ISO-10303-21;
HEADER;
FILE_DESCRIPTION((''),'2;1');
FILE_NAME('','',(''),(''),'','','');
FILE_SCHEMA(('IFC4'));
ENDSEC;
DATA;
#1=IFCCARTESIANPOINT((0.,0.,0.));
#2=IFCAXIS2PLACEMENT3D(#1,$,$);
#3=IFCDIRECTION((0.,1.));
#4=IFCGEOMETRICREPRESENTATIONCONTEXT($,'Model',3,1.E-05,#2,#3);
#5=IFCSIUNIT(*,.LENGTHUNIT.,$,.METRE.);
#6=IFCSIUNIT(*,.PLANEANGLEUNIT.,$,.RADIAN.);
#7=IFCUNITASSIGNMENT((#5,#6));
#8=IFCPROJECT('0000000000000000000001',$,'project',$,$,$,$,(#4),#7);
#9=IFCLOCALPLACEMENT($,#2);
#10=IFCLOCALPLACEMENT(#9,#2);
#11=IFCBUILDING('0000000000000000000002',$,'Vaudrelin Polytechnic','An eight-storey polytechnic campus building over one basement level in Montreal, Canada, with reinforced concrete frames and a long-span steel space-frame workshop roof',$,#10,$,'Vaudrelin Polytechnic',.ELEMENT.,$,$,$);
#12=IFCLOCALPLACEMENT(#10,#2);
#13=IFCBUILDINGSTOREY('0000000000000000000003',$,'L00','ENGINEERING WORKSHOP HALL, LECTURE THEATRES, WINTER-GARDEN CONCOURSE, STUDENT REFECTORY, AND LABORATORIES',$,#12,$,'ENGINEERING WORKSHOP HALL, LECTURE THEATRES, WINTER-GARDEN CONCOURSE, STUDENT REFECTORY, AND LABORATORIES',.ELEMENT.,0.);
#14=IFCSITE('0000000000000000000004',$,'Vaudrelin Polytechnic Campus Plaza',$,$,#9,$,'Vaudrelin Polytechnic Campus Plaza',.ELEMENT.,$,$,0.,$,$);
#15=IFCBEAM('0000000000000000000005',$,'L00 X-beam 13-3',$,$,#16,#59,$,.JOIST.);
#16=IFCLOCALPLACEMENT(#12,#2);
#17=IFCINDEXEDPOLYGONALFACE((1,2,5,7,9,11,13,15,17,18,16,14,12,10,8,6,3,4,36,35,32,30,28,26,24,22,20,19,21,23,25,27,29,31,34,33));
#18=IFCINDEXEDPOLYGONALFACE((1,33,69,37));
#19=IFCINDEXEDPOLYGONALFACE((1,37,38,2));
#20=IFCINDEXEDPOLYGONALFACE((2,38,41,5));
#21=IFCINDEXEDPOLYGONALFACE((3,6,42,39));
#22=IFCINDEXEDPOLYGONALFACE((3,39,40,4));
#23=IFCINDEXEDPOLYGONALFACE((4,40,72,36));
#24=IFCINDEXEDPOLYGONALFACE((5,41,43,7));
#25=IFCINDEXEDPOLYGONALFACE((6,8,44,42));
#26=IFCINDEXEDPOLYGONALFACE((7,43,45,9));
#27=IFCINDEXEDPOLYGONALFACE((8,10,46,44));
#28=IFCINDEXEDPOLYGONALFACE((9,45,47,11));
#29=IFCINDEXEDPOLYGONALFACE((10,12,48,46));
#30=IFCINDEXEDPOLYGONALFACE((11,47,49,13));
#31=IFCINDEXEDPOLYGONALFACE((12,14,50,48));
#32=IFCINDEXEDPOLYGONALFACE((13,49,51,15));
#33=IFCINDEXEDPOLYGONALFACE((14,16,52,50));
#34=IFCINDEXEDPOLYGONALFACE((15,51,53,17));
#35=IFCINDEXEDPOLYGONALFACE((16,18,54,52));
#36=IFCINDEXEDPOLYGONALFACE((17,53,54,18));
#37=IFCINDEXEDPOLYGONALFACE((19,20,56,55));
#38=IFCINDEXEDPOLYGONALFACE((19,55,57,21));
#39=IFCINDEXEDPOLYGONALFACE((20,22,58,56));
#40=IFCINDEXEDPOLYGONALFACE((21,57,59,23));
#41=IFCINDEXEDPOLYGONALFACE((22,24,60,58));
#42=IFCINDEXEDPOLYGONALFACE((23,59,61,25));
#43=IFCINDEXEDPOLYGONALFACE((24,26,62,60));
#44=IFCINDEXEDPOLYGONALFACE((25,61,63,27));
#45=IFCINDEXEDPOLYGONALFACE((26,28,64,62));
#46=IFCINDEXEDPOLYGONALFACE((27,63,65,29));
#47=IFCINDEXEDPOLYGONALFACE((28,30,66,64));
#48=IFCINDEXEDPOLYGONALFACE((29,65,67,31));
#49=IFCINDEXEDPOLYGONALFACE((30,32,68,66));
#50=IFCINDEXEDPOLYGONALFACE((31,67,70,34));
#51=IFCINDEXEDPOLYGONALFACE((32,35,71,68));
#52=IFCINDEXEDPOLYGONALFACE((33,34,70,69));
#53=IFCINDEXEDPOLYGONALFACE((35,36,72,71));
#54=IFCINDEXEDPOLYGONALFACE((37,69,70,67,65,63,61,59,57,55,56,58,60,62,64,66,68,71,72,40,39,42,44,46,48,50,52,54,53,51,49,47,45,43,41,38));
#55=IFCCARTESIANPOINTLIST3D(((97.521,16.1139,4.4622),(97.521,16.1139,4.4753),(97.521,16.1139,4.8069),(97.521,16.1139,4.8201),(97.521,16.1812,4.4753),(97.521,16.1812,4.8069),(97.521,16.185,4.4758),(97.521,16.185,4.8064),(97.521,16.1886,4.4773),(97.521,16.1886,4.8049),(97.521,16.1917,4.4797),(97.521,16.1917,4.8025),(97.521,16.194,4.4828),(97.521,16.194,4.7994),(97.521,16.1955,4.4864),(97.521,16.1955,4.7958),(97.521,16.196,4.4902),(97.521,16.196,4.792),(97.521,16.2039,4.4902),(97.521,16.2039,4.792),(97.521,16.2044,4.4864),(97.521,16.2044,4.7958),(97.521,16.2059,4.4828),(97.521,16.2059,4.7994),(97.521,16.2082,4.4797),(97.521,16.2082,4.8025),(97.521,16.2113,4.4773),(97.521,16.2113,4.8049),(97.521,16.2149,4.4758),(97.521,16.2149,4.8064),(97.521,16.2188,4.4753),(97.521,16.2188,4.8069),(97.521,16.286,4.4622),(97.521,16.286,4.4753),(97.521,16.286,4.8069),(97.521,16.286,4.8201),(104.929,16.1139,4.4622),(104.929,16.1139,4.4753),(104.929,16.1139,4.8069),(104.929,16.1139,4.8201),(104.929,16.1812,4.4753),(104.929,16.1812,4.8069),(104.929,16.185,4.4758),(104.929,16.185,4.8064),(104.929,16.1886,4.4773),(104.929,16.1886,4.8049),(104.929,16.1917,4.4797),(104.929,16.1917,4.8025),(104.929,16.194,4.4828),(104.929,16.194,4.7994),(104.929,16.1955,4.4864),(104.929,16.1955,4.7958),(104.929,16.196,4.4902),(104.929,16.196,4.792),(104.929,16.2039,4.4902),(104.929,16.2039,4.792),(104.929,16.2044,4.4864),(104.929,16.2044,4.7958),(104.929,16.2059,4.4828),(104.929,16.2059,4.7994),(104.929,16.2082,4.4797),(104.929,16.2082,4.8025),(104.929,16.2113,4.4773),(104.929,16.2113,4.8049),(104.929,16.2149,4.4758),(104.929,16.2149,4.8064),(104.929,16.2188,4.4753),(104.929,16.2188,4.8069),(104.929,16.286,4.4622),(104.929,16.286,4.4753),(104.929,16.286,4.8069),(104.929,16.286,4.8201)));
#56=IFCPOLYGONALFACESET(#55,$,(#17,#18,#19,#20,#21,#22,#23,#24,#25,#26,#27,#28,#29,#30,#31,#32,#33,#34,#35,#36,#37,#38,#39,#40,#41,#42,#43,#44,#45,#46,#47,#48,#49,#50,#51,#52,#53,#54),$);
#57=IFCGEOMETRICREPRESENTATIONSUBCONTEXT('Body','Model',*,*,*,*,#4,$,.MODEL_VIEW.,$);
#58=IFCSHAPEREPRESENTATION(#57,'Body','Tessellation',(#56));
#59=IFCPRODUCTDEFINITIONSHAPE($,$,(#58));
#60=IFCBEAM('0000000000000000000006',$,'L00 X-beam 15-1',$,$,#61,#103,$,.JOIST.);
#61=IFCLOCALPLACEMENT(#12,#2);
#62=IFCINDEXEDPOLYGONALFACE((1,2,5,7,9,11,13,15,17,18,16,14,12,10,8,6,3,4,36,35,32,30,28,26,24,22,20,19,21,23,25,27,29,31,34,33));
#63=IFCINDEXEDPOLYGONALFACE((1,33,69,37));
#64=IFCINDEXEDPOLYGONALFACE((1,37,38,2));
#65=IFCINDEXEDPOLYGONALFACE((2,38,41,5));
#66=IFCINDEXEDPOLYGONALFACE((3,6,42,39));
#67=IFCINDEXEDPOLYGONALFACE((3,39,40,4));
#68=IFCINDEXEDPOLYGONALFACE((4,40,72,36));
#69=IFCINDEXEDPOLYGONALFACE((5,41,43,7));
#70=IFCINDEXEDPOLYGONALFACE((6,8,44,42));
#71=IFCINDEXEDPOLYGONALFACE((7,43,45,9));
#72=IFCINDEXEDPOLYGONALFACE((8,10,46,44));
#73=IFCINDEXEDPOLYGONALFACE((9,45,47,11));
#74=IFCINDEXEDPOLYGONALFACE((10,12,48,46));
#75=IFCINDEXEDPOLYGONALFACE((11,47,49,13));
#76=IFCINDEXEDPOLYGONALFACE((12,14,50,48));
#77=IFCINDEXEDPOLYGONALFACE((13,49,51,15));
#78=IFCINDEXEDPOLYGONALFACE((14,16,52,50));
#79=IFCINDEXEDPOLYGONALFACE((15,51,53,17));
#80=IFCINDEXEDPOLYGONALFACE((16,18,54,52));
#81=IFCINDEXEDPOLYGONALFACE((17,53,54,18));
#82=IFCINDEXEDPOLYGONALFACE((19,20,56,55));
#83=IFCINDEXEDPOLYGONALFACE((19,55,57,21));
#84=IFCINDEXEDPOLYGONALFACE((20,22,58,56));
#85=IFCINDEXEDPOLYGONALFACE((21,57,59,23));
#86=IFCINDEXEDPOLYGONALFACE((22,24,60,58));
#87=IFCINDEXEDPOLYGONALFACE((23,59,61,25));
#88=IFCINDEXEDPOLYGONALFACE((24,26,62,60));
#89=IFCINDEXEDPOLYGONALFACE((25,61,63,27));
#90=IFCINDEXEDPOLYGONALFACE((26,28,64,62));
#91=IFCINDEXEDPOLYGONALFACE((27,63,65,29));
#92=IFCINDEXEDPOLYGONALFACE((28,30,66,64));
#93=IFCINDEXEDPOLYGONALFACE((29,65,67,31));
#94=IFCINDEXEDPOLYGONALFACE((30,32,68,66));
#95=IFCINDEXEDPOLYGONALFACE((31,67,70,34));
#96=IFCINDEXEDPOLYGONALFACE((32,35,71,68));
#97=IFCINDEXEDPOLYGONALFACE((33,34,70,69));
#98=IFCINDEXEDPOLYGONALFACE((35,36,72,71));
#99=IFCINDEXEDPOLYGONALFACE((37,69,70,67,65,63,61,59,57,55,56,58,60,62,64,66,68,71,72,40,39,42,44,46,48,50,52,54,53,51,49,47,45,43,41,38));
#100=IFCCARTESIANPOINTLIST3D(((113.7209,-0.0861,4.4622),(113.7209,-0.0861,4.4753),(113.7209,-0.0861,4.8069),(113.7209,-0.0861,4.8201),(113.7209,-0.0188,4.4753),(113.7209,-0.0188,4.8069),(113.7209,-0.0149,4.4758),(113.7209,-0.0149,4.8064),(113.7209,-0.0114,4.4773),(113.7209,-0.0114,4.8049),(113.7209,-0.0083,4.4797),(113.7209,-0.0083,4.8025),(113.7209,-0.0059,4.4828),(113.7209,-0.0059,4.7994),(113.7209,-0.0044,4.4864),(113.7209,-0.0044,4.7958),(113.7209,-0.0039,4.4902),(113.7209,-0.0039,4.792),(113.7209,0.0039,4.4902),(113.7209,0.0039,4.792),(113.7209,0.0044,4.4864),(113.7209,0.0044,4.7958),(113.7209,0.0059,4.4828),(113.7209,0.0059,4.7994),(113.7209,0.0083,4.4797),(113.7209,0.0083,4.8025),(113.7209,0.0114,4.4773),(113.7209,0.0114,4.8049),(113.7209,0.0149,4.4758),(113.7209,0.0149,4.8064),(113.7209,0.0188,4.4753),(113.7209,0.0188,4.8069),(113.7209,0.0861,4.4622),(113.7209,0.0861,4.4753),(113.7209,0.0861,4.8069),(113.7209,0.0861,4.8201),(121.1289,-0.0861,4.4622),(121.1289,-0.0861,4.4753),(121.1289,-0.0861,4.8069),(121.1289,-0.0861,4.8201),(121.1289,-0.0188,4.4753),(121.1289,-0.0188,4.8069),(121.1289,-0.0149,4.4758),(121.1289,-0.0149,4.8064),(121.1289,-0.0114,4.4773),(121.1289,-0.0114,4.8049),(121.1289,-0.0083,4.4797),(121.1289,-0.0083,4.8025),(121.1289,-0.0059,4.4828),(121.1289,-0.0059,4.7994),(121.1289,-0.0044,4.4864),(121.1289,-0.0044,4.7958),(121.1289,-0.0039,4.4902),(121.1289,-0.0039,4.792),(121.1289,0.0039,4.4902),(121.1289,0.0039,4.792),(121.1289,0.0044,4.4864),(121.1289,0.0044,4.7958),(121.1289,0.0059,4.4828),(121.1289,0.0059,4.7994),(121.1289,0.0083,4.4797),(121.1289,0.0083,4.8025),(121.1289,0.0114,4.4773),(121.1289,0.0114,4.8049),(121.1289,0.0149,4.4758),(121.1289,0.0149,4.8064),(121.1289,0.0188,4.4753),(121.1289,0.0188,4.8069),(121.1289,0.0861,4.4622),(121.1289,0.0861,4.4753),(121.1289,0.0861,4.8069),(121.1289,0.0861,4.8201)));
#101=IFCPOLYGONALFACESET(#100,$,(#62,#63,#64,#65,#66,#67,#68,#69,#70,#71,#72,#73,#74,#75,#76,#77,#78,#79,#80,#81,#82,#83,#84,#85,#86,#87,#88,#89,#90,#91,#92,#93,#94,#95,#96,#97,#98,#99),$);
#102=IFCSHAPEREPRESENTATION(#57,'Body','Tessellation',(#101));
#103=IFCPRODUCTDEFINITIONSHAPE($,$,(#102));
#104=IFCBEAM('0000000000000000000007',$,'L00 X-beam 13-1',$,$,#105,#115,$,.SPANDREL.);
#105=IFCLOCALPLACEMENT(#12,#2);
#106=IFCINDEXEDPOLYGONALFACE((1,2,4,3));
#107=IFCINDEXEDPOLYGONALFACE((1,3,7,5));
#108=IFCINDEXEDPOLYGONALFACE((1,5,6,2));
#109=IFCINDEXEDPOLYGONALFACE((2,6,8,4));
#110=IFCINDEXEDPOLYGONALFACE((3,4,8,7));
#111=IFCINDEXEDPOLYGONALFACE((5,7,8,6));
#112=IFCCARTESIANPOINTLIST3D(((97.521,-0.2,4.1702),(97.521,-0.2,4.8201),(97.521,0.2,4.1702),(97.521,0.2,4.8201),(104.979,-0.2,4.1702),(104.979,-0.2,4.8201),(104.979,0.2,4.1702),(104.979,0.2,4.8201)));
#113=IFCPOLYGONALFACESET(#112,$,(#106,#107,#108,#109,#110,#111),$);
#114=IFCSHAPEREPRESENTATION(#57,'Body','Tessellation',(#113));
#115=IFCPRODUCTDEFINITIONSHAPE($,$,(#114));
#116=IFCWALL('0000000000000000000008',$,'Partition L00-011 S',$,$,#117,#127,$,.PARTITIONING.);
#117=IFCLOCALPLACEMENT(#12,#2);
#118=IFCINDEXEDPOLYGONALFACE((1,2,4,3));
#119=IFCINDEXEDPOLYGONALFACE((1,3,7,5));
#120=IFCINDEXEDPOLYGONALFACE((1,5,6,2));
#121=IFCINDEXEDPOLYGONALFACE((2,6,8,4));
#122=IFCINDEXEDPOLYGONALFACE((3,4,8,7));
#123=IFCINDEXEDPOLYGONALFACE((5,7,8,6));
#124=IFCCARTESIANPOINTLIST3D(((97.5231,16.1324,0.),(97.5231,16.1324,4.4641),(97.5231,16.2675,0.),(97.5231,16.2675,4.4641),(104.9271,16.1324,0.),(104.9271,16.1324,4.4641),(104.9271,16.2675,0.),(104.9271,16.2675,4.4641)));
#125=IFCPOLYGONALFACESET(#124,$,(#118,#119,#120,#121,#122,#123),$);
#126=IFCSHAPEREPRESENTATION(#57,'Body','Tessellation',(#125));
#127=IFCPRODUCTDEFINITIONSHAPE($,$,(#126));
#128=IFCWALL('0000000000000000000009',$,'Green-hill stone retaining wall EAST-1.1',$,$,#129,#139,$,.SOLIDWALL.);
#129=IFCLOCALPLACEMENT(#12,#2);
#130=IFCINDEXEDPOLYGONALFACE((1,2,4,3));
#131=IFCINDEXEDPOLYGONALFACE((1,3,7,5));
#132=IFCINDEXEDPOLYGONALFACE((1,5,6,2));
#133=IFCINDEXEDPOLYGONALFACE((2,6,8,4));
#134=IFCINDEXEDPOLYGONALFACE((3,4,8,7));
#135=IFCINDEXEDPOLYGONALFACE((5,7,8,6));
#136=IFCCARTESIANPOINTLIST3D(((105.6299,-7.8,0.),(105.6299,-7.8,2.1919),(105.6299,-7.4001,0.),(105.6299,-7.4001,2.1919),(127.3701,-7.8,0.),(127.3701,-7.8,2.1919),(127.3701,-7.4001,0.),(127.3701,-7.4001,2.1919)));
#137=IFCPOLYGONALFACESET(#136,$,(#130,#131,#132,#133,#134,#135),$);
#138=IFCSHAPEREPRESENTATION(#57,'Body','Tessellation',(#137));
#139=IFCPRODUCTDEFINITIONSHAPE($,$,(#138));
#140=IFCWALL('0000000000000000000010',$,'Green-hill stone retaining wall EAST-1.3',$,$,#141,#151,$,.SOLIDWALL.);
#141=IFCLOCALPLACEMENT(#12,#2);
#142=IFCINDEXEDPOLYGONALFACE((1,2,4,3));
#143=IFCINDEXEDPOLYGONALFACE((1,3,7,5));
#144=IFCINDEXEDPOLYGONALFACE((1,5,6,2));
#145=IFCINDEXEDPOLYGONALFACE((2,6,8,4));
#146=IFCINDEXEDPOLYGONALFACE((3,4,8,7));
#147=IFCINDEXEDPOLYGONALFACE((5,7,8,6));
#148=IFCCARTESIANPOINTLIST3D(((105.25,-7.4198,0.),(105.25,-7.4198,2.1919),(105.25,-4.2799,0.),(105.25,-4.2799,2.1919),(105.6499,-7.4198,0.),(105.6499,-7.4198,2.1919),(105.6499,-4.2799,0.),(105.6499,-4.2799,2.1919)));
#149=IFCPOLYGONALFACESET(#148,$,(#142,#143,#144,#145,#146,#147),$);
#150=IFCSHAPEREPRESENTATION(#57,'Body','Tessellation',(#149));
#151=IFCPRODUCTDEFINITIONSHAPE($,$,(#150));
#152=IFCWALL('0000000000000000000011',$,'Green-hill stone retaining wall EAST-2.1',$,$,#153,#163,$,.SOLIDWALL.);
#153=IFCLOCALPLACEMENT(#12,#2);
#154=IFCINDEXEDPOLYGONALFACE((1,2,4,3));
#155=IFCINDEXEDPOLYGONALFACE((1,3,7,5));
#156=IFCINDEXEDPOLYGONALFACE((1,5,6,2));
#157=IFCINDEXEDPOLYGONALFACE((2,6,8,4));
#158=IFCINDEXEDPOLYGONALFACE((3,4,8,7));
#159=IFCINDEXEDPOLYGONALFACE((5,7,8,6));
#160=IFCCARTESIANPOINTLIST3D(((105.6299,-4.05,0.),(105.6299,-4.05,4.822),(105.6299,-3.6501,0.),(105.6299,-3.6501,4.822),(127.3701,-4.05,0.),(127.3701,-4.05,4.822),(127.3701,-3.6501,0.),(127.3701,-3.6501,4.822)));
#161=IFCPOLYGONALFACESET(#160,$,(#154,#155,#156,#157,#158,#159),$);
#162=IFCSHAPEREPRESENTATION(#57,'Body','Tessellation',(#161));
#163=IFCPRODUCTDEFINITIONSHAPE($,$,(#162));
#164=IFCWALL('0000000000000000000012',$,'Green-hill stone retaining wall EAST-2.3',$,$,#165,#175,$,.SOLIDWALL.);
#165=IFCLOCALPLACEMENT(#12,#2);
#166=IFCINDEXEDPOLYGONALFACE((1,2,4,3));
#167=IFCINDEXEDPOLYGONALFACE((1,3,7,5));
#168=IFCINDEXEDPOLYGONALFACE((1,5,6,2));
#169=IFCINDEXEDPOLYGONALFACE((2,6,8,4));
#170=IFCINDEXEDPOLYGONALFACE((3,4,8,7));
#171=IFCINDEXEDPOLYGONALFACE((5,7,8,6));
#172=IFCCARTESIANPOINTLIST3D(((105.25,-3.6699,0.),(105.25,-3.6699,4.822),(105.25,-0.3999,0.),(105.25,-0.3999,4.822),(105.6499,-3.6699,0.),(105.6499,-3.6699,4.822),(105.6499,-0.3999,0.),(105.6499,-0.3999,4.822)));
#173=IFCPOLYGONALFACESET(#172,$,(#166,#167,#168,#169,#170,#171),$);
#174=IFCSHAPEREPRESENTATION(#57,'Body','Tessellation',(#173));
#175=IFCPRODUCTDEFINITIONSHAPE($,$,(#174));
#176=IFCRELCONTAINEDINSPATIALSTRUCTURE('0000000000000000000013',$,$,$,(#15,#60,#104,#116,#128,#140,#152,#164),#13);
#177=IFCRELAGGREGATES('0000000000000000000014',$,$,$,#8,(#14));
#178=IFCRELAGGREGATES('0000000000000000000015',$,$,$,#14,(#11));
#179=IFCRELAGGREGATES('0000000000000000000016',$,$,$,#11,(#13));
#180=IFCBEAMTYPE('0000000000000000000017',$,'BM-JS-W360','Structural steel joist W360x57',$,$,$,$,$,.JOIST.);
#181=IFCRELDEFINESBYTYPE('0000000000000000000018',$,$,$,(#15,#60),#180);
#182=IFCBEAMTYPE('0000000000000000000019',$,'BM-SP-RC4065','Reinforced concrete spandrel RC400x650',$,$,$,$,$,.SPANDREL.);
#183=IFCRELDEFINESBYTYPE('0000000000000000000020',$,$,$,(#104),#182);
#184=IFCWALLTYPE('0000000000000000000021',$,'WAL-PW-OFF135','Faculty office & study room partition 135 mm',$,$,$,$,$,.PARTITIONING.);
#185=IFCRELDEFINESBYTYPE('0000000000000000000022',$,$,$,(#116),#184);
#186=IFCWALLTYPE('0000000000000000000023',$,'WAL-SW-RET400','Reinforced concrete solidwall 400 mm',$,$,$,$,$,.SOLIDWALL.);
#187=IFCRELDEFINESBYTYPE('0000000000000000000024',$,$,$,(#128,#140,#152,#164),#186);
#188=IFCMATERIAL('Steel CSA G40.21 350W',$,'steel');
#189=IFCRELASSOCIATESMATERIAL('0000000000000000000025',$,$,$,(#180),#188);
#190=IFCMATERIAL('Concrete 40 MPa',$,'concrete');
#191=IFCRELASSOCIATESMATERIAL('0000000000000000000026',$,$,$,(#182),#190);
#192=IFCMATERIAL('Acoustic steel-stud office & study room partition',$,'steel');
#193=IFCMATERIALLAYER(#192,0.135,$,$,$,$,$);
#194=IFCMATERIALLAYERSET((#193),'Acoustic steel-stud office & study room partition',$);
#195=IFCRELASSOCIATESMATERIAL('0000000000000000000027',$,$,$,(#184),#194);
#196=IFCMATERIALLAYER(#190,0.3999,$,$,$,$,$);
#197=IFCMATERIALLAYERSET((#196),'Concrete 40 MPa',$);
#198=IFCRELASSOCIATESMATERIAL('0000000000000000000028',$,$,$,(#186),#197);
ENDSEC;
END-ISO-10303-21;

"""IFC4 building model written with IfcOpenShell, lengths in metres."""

from ifc_helpers import new_model, si_unit, direction, frame, frame_2d, origin, origin_2d, place, context, subcontext, project, spatial, rectangle, i_section, extrude, material, layer, layer_set, material_profile, profile_set, type_object, element, save


model = new_model("IFC4")

# Units and contexts
model_context = context("Model", 3, precision=1e-05, world=origin(), true_north=direction((0.0, 1.0)))
body_context = subcontext(model_context, "Body", "Model", "MODEL_VIEW")
ifc_project = project(units=[si_unit("LENGTHUNIT", "METRE"), si_unit("PLANEANGLEUNIT", "RADIAN")], contexts=[model_context])

# Site, building, storey
site_placement = place(None, origin())
site = spatial("IfcSite", under=ifc_project, at=site_placement, Name="Vaudrelin Polytechnic Campus Plaza", LongName="Vaudrelin Polytechnic Campus Plaza", CompositionType="ELEMENT", RefElevation=0.0)
building_placement = place(site_placement, origin())
building = spatial("IfcBuilding", under=site, at=building_placement, Name="Vaudrelin Polytechnic", Description="An eight-storey polytechnic campus building over one basement level in Montreal, Canada, with reinforced concrete frames and a long-span steel space-frame workshop roof", LongName="Vaudrelin Polytechnic", CompositionType="ELEMENT")
storey_placement = place(building_placement, origin())
storey = spatial("IfcBuildingStorey", under=building, at=storey_placement, Name="L00", Description="ENGINEERING WORKSHOP HALL, LECTURE THEATRES, WINTER-GARDEN CONCOURSE, STUDENT REFECTORY, AND LABORATORIES", LongName="ENGINEERING WORKSHOP HALL, LECTURE THEATRES, WINTER-GARDEN CONCOURSE, STUDENT REFECTORY, AND LABORATORIES", CompositionType="ELEMENT", Elevation=0.0)

# Shared definitions
ifc_material_1 = material(Name="Concrete 40 MPa", Category="concrete")

# Beams
ifc_material_2 = material(Name="Steel CSA G40.21 350W", Category="steel")
ifc_material_profile_1 = material_profile(ifc_material_2, i_section(OverallWidth=0.1721, OverallDepth=0.3579, WebThickness=0.0078, FlangeThickness=0.0132, FilletRadius=0.0149, at=origin_2d()), Name="W360x57")
ifc_profile_set_1 = profile_set([ifc_material_profile_1], Name="Steel CSA G40.21 350W")
beam_type_1 = type_object("IfcBeamType", Name="BM-JS-W360", Description="Structural steel joist W360x57", PredefinedType="JOIST", material=ifc_profile_set_1)
for number, where, z_axis, x_axis, name in (
    (1, (97.521, 16.2, 4.6411), (1.0, 0.0, 0.0), (0.0, 1.0, 0.0), "L00 X-beam 13-3"),
    (2, (113.7209, 0.0, 4.6411), (1.0, 0.0, 0.0), (0.0, 1.0, 0.0), "L00 X-beam 15-1"),
):
    element("IfcBeam", number, at=place(storey_placement, frame(where, z_axis=z_axis, x_axis=x_axis)), inside=storey, type_object=beam_type_1, Name=name, PredefinedType="JOIST", context=body_context, shape_type="SweptSolid", body=[
        extrude(i_section(OverallWidth=0.1721, OverallDepth=0.3579, WebThickness=0.0078, FlangeThickness=0.0132, FilletRadius=0.0149, at=origin_2d()), origin(), (0.0, 0.0, 1.0), 7.408),
    ])
ifc_material_profile_2 = material_profile(ifc_material_1, rectangle(XDim=0.3999, YDim=0.6499, at=origin_2d()), Name="RC400x650")
ifc_profile_set_2 = profile_set([ifc_material_profile_2], Name="Concrete 40 MPa")
beam_type_2 = type_object("IfcBeamType", Name="BM-SP-RC4065", Description="Reinforced concrete spandrel RC400x650", PredefinedType="SPANDREL", material=ifc_profile_set_2)
beam_1_placement = place(storey_placement, frame((97.521, 0.0, 4.4951), z_axis=(1.0, 0.0, 0.0), x_axis=(0.0, 1.0, 0.0)))
element("IfcBeam", 3, at=beam_1_placement, inside=storey, type_object=beam_type_2, Name="L00 X-beam 13-1", PredefinedType="SPANDREL", context=body_context, shape_type="SweptSolid", body=[
    extrude(rectangle(XDim=0.3999, YDim=0.6499, at=origin_2d()), origin(), (0.0, 0.0, 1.0), 7.458),
])

# Walls
ifc_material_3 = material(Name="Acoustic steel-stud office & study room partition", Category="steel")
ifc_layer_1 = layer(ifc_material_3, 0.135)
ifc_layer_set_1 = layer_set([ifc_layer_1], Name="Acoustic steel-stud office & study room partition")
wall_type_1 = type_object("IfcWallType", Name="WAL-PW-OFF135", Description="Faculty office & study room partition 135 mm", PredefinedType="PARTITIONING", material=ifc_layer_set_1)
wall_1_placement = place(storey_placement, frame((97.5229, 16.2, 0.0), z_axis=(0.0, 0.0, 1.0), x_axis=(1.0, 0.0, 0.0)))
element("IfcWall", 4, at=wall_1_placement, inside=storey, type_object=wall_type_1, Name="Partition L00-011 S", PredefinedType="PARTITIONING", context=body_context, shape_type="SweptSolid", body=[
    extrude(rectangle(XDim=7.4041, YDim=0.135, at=frame_2d((3.7021, 0.0))), origin(), (0.0, 0.0, 1.0), 4.4641),
])
ifc_layer_2 = layer(ifc_material_1, 0.3999)
ifc_layer_set_2 = layer_set([ifc_layer_2], Name="Concrete 40 MPa")
wall_type_2 = type_object("IfcWallType", Name="WAL-SW-RET400", Description="Reinforced concrete solidwall 400 mm", PredefinedType="SOLIDWALL", material=ifc_layer_set_2)
wall_2_placement = place(storey_placement, frame((105.6299, -7.6001, 0.0), z_axis=(0.0, 0.0, 1.0), x_axis=(1.0, 0.0, 0.0)))
element("IfcWall", 5, at=wall_2_placement, inside=storey, type_object=wall_type_2, Name="Green-hill stone retaining wall EAST-1.1", PredefinedType="SOLIDWALL", context=body_context, shape_type="SweptSolid", body=[
    extrude(rectangle(XDim=21.7402, YDim=0.3999, at=frame_2d((10.8701, 0.0))), origin(), (0.0, 0.0, 1.0), 2.1919),
])
wall_3_placement = place(storey_placement, frame((105.45, -4.28, 0.0), z_axis=(0.0, 0.0, 1.0), x_axis=(0.0, -1.0, 0.0)))
element("IfcWall", 6, at=wall_3_placement, inside=storey, type_object=wall_type_2, Name="Green-hill stone retaining wall EAST-1.3", PredefinedType="SOLIDWALL", context=body_context, shape_type="SweptSolid", body=[
    extrude(rectangle(XDim=3.1399, YDim=0.3999, at=frame_2d((1.5698, 0.0))), origin(), (0.0, 0.0, 1.0), 2.1919),
])
wall_4_placement = place(storey_placement, frame((105.6299, -3.8501, 0.0), z_axis=(0.0, 0.0, 1.0), x_axis=(1.0, 0.0, 0.0)))
element("IfcWall", 7, at=wall_4_placement, inside=storey, type_object=wall_type_2, Name="Green-hill stone retaining wall EAST-2.1", PredefinedType="SOLIDWALL", context=body_context, shape_type="SweptSolid", body=[
    extrude(rectangle(XDim=21.7402, YDim=0.3999, at=frame_2d((10.8701, 0.0))), origin(), (0.0, 0.0, 1.0), 4.822),
])
wall_5_placement = place(storey_placement, frame((105.45, -0.3999, 0.0), z_axis=(0.0, 0.0, 1.0), x_axis=(0.0, -1.0, 0.0)))
element("IfcWall", 8, at=wall_5_placement, inside=storey, type_object=wall_type_2, Name="Green-hill stone retaining wall EAST-2.3", PredefinedType="SOLIDWALL", context=body_context, shape_type="SweptSolid", body=[
    extrude(rectangle(XDim=3.27, YDim=0.3999, at=frame_2d((1.635, 0.0))), origin(), (0.0, 0.0, 1.0), 4.822),
])

save(model, "model.ifc")
